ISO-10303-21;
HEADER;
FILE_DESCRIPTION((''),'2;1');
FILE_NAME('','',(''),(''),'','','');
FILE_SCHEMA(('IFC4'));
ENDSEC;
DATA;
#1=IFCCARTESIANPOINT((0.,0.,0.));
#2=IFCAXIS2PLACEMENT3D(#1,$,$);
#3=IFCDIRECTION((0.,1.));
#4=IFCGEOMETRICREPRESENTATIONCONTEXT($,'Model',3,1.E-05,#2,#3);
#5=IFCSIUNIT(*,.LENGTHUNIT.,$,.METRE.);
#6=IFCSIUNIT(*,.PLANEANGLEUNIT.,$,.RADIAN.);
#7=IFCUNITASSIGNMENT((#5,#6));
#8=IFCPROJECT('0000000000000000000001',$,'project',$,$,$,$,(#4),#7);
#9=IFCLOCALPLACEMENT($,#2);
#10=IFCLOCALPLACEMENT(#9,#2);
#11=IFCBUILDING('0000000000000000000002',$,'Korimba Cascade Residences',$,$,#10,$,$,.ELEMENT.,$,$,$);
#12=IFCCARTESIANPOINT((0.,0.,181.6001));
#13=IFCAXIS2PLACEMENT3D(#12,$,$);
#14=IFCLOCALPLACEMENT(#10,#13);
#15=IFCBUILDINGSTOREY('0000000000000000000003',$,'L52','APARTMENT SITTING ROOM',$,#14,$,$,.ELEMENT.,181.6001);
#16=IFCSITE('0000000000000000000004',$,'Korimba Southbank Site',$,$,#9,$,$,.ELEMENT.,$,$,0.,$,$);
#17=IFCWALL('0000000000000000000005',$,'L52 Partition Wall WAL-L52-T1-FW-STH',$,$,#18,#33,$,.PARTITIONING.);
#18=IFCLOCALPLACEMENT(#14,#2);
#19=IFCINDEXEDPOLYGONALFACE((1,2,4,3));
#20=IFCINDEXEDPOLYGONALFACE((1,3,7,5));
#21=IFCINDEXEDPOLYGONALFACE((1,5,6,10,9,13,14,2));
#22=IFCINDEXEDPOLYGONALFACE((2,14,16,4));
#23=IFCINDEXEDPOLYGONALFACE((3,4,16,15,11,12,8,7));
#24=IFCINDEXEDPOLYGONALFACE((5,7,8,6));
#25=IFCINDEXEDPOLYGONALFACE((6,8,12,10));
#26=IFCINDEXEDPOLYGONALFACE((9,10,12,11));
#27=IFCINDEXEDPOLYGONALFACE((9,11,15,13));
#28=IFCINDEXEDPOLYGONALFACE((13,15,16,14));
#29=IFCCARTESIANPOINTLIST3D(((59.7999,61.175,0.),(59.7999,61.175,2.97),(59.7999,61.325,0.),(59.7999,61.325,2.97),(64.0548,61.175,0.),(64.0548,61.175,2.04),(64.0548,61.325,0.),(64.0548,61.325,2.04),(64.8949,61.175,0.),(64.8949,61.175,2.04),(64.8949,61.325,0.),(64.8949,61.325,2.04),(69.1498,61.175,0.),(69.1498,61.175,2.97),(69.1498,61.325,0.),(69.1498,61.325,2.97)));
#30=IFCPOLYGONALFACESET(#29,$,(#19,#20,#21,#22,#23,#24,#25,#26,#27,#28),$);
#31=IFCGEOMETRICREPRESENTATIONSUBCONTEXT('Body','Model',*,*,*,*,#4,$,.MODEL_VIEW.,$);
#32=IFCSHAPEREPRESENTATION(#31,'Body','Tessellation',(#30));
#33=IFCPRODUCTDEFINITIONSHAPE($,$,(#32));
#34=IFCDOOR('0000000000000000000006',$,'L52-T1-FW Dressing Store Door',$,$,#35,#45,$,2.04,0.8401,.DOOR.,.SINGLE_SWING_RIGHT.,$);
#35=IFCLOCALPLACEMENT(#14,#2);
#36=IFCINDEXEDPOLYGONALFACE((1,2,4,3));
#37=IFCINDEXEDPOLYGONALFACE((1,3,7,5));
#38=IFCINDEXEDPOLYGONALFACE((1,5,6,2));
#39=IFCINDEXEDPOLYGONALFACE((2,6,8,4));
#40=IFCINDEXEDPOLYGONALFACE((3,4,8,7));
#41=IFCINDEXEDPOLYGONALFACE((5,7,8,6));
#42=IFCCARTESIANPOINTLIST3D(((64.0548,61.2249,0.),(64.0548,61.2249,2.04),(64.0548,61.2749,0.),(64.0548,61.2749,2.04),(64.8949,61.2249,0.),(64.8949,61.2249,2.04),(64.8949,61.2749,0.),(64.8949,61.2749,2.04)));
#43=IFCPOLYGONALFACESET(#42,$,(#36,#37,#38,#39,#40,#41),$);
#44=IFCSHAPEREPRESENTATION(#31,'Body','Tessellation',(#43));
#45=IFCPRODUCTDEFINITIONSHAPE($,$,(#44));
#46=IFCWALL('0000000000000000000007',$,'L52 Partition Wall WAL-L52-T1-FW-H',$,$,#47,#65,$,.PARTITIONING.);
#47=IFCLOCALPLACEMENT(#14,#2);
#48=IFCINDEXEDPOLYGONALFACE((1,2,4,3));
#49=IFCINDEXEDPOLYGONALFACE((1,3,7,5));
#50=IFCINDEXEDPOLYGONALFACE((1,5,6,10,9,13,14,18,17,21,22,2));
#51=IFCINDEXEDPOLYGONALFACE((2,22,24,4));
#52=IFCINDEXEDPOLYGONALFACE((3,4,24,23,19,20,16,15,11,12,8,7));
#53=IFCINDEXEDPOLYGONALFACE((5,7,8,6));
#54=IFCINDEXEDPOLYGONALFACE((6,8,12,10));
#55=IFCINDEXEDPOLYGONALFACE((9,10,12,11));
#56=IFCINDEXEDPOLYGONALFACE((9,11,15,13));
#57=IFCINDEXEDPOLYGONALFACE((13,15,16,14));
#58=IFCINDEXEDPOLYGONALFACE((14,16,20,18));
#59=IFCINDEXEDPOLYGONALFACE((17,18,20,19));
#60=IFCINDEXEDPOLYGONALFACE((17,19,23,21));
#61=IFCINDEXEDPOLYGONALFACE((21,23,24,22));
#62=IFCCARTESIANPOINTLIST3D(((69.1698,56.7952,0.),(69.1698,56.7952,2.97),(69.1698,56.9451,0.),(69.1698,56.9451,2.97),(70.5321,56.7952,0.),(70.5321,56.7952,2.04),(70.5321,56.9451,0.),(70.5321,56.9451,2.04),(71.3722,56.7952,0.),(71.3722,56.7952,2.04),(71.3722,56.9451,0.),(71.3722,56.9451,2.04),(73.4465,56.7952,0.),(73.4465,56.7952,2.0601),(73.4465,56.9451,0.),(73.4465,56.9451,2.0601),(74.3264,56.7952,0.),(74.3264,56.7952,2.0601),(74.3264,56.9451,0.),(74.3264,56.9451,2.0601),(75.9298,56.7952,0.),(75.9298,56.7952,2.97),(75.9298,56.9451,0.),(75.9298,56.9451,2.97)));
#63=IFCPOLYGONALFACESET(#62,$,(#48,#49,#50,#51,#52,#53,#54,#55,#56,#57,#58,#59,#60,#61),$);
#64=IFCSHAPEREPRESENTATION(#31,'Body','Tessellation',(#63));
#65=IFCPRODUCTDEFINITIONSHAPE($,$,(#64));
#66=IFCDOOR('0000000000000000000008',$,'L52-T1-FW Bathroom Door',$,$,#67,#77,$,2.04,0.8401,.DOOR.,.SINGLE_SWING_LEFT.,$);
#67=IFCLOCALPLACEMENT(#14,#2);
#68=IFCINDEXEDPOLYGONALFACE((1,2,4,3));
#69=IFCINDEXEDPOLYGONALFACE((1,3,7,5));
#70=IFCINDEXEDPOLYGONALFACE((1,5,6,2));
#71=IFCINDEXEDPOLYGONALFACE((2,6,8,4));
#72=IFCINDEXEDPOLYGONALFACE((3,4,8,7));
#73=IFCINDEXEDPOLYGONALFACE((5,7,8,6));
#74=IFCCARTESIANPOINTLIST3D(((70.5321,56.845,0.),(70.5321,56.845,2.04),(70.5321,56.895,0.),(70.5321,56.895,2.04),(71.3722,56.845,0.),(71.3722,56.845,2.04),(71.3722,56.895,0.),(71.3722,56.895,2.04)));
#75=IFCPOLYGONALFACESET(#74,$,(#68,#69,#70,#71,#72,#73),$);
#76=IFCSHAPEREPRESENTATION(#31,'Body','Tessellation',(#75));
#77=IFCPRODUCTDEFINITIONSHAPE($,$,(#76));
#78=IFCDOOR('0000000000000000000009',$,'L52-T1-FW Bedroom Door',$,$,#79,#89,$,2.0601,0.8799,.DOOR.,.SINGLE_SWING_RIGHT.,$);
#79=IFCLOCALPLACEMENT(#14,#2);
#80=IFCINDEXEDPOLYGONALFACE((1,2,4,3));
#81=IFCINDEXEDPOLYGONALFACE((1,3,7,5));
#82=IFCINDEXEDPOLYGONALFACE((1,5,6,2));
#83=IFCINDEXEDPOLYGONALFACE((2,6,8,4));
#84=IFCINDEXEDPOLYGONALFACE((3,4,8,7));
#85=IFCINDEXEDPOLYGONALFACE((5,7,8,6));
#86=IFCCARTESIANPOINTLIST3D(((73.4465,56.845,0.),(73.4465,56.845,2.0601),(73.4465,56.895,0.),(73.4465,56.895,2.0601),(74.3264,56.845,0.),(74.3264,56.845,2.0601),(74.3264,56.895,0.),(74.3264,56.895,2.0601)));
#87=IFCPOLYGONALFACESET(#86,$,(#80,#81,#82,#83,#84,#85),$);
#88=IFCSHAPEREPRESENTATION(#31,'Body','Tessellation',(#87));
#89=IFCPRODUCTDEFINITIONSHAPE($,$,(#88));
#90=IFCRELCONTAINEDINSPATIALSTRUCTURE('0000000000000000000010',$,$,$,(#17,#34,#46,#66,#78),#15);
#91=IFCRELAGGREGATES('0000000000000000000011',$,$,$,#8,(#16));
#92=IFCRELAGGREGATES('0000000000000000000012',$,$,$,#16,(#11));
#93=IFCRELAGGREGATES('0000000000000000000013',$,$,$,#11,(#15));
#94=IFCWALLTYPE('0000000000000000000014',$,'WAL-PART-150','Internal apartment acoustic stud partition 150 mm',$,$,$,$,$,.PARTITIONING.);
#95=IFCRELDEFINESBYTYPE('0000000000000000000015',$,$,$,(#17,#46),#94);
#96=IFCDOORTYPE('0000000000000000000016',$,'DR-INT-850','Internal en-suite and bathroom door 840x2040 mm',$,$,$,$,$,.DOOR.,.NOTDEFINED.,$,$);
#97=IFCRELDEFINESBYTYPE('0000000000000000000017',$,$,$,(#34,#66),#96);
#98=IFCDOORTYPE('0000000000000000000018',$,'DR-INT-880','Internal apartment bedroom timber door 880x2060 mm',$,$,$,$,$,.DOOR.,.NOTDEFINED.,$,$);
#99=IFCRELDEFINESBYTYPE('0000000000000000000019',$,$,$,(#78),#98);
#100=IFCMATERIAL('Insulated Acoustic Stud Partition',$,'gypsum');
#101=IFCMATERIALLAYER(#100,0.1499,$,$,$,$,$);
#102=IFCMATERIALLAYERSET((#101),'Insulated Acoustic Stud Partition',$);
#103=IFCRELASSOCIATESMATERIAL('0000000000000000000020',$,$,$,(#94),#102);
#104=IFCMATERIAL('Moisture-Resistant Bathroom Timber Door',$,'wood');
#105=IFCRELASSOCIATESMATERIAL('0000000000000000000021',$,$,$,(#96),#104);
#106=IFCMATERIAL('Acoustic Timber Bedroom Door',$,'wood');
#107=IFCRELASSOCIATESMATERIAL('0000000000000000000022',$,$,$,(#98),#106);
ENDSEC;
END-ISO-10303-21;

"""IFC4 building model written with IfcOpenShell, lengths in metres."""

from ifc_helpers import new_model, si_unit, direction, frame, frame_2d, origin, place, context, subcontext, project, spatial, rectangle, extrude, material, layer, layer_set, type_object, element, fill, save


model = new_model("IFC4")

# Units and contexts
model_context = context("Model", 3, precision=1e-05, world=origin(), true_north=direction((0.0, 1.0)))
body_context = subcontext(model_context, "Body", "Model", "MODEL_VIEW")
ifc_project = project(units=[si_unit("LENGTHUNIT", "METRE"), si_unit("PLANEANGLEUNIT", "RADIAN")], contexts=[model_context])

# Site, building, storey
site_placement = place(None, origin())
site = spatial("IfcSite", under=ifc_project, at=site_placement, Name="Korimba Southbank Site", CompositionType="ELEMENT", RefElevation=0.0)
building_placement = place(site_placement, origin())
building = spatial("IfcBuilding", under=site, at=building_placement, Name="Korimba Cascade Residences", CompositionType="ELEMENT")
storey_placement = place(building_placement, frame((0.0, 0.0, 181.6001)))
storey = spatial("IfcBuildingStorey", under=building, at=storey_placement, Name="L52", Description="APARTMENT SITTING ROOM", CompositionType="ELEMENT", Elevation=181.6001)

# Wall, opening, door
ifc_material_1 = material(Name="Insulated Acoustic Stud Partition", Category="gypsum")
ifc_layer_1 = layer(ifc_material_1, 0.1499)
ifc_layer_set_1 = layer_set([ifc_layer_1], Name="Insulated Acoustic Stud Partition")
wall_type_1 = type_object("IfcWallType", Name="WAL-PART-150", Description="Internal apartment acoustic stud partition 150 mm", PredefinedType="PARTITIONING", material=ifc_layer_set_1)
wall_1_placement = place(storey_placement, frame((59.8, 61.25, 0.0), z_axis=(0.0, 0.0, 1.0), x_axis=(1.0, 0.0, 0.0)))
wall_1 = element("IfcWall", 1, at=wall_1_placement, inside=storey, type_object=wall_type_1, Name="L52 Partition Wall WAL-L52-T1-FW-STH", PredefinedType="PARTITIONING", context=body_context, shape_type="SweptSolid", body=[
    extrude(rectangle(XDim=9.3499, YDim=0.1499, at=frame_2d((4.6748, 0.0))), origin(), (0.0, 0.0, 1.0), 2.97),
])
opening_1_placement = place(wall_1_placement, frame((4.2549, 0.0, 0.0)))
opening_1 = element("IfcOpeningElement", 2, at=opening_1_placement, cuts=wall_1, PredefinedType="OPENING", context=body_context, shape_type="SweptSolid", body=[
    extrude(rectangle(XDim=0.8401, YDim=2.04, at=frame_2d((0.4199, 1.02))), frame((0.0, 0.085, 0.0), z_axis=(0.0, -1.0, 0.0), x_axis=(1.0, 0.0, 0.0)), (0.0, 0.0, 1.0), 0.1699),
])
ifc_material_2 = material(Name="Moisture-Resistant Bathroom Timber Door", Category="wood")
door_type_1 = type_object("IfcDoorType", Name="DR-INT-850", Description="Internal en-suite and bathroom door 840x2040 mm", OperationType="NOTDEFINED", PredefinedType="DOOR", material=ifc_material_2)
door_1_placement = place(opening_1_placement, origin())
door_1 = element("IfcDoor", 3, at=door_1_placement, inside=storey, type_object=door_type_1, Name="L52-T1-FW Dressing Store Door", OperationType="SINGLE_SWING_RIGHT", OverallHeight=2.04, OverallWidth=0.8401, PredefinedType="DOOR", context=body_context, shape_type="SweptSolid", body=[
    extrude(rectangle(XDim=0.8401, YDim=2.04, at=frame_2d((0.4199, 1.02))), frame((0.0, 0.0249, 0.0), z_axis=(0.0, -1.0, 0.0), x_axis=(1.0, 0.0, 0.0)), (0.0, 0.0, 1.0), 0.05),
])
fill(opening_1, door_1)

# Wall, openings, doors
wall_2_placement = place(storey_placement, frame((69.1699, 56.8701, 0.0), z_axis=(0.0, 0.0, 1.0), x_axis=(1.0, 0.0, 0.0)))
wall_2 = element("IfcWall", 4, at=wall_2_placement, inside=storey, type_object=wall_type_1, Name="L52 Partition Wall WAL-L52-T1-FW-H", PredefinedType="PARTITIONING", context=body_context, shape_type="SweptSolid", body=[
    extrude(rectangle(XDim=6.76, YDim=0.1499, at=frame_2d((3.3799, 0.0))), origin(), (0.0, 0.0, 1.0), 2.97),
])
opening_2_placement = place(wall_2_placement, frame((1.3623, 0.0, 0.0)))
opening_2 = element("IfcOpeningElement", 5, at=opening_2_placement, cuts=wall_2, PredefinedType="OPENING", context=body_context, shape_type="SweptSolid", body=[
    extrude(rectangle(XDim=0.8401, YDim=2.04, at=frame_2d((0.4199, 1.02))), frame((0.0, 0.085, 0.0), z_axis=(0.0, -1.0, 0.0), x_axis=(1.0, 0.0, 0.0)), (0.0, 0.0, 1.0), 0.1699),
])
opening_3_placement = place(wall_2_placement, frame((4.2766, 0.0, 0.0)))
opening_3 = element("IfcOpeningElement", 6, at=opening_3_placement, cuts=wall_2, PredefinedType="OPENING", context=body_context, shape_type="SweptSolid", body=[
    extrude(rectangle(XDim=0.8799, YDim=2.0601, at=frame_2d((0.4399, 1.03))), frame((0.0, 0.085, 0.0), z_axis=(0.0, -1.0, 0.0), x_axis=(1.0, 0.0, 0.0)), (0.0, 0.0, 1.0), 0.1699),
])
door_2_placement = place(opening_2_placement, origin())
door_2 = element("IfcDoor", 7, at=door_2_placement, inside=storey, type_object=door_type_1, Name="L52-T1-FW Bathroom Door", OperationType="SINGLE_SWING_LEFT", OverallHeight=2.04, OverallWidth=0.8401, PredefinedType="DOOR", context=body_context, shape_type="SweptSolid", body=[
    extrude(rectangle(XDim=0.8401, YDim=2.04, at=frame_2d((0.4199, 1.02))), frame((0.0, 0.0249, 0.0), z_axis=(0.0, -1.0, 0.0), x_axis=(1.0, 0.0, 0.0)), (0.0, 0.0, 1.0), 0.05),
])
fill(opening_2, door_2)
ifc_material_3 = material(Name="Acoustic Timber Bedroom Door", Category="wood")
door_type_2 = type_object("IfcDoorType", Name="DR-INT-880", Description="Internal apartment bedroom timber door 880x2060 mm", OperationType="NOTDEFINED", PredefinedType="DOOR", material=ifc_material_3)
door_3_placement = place(opening_3_placement, origin())
door_3 = element("IfcDoor", 8, at=door_3_placement, inside=storey, type_object=door_type_2, Name="L52-T1-FW Bedroom Door", OperationType="SINGLE_SWING_RIGHT", OverallHeight=2.0601, OverallWidth=0.8799, PredefinedType="DOOR", context=body_context, shape_type="SweptSolid", body=[
    extrude(rectangle(XDim=0.8799, YDim=2.0601, at=frame_2d((0.4399, 1.03))), frame((0.0, 0.0249, 0.0), z_axis=(0.0, -1.0, 0.0), x_axis=(1.0, 0.0, 0.0)), (0.0, 0.0, 1.0), 0.05),
])
fill(opening_3, door_3)

save(model, "model.ifc")
